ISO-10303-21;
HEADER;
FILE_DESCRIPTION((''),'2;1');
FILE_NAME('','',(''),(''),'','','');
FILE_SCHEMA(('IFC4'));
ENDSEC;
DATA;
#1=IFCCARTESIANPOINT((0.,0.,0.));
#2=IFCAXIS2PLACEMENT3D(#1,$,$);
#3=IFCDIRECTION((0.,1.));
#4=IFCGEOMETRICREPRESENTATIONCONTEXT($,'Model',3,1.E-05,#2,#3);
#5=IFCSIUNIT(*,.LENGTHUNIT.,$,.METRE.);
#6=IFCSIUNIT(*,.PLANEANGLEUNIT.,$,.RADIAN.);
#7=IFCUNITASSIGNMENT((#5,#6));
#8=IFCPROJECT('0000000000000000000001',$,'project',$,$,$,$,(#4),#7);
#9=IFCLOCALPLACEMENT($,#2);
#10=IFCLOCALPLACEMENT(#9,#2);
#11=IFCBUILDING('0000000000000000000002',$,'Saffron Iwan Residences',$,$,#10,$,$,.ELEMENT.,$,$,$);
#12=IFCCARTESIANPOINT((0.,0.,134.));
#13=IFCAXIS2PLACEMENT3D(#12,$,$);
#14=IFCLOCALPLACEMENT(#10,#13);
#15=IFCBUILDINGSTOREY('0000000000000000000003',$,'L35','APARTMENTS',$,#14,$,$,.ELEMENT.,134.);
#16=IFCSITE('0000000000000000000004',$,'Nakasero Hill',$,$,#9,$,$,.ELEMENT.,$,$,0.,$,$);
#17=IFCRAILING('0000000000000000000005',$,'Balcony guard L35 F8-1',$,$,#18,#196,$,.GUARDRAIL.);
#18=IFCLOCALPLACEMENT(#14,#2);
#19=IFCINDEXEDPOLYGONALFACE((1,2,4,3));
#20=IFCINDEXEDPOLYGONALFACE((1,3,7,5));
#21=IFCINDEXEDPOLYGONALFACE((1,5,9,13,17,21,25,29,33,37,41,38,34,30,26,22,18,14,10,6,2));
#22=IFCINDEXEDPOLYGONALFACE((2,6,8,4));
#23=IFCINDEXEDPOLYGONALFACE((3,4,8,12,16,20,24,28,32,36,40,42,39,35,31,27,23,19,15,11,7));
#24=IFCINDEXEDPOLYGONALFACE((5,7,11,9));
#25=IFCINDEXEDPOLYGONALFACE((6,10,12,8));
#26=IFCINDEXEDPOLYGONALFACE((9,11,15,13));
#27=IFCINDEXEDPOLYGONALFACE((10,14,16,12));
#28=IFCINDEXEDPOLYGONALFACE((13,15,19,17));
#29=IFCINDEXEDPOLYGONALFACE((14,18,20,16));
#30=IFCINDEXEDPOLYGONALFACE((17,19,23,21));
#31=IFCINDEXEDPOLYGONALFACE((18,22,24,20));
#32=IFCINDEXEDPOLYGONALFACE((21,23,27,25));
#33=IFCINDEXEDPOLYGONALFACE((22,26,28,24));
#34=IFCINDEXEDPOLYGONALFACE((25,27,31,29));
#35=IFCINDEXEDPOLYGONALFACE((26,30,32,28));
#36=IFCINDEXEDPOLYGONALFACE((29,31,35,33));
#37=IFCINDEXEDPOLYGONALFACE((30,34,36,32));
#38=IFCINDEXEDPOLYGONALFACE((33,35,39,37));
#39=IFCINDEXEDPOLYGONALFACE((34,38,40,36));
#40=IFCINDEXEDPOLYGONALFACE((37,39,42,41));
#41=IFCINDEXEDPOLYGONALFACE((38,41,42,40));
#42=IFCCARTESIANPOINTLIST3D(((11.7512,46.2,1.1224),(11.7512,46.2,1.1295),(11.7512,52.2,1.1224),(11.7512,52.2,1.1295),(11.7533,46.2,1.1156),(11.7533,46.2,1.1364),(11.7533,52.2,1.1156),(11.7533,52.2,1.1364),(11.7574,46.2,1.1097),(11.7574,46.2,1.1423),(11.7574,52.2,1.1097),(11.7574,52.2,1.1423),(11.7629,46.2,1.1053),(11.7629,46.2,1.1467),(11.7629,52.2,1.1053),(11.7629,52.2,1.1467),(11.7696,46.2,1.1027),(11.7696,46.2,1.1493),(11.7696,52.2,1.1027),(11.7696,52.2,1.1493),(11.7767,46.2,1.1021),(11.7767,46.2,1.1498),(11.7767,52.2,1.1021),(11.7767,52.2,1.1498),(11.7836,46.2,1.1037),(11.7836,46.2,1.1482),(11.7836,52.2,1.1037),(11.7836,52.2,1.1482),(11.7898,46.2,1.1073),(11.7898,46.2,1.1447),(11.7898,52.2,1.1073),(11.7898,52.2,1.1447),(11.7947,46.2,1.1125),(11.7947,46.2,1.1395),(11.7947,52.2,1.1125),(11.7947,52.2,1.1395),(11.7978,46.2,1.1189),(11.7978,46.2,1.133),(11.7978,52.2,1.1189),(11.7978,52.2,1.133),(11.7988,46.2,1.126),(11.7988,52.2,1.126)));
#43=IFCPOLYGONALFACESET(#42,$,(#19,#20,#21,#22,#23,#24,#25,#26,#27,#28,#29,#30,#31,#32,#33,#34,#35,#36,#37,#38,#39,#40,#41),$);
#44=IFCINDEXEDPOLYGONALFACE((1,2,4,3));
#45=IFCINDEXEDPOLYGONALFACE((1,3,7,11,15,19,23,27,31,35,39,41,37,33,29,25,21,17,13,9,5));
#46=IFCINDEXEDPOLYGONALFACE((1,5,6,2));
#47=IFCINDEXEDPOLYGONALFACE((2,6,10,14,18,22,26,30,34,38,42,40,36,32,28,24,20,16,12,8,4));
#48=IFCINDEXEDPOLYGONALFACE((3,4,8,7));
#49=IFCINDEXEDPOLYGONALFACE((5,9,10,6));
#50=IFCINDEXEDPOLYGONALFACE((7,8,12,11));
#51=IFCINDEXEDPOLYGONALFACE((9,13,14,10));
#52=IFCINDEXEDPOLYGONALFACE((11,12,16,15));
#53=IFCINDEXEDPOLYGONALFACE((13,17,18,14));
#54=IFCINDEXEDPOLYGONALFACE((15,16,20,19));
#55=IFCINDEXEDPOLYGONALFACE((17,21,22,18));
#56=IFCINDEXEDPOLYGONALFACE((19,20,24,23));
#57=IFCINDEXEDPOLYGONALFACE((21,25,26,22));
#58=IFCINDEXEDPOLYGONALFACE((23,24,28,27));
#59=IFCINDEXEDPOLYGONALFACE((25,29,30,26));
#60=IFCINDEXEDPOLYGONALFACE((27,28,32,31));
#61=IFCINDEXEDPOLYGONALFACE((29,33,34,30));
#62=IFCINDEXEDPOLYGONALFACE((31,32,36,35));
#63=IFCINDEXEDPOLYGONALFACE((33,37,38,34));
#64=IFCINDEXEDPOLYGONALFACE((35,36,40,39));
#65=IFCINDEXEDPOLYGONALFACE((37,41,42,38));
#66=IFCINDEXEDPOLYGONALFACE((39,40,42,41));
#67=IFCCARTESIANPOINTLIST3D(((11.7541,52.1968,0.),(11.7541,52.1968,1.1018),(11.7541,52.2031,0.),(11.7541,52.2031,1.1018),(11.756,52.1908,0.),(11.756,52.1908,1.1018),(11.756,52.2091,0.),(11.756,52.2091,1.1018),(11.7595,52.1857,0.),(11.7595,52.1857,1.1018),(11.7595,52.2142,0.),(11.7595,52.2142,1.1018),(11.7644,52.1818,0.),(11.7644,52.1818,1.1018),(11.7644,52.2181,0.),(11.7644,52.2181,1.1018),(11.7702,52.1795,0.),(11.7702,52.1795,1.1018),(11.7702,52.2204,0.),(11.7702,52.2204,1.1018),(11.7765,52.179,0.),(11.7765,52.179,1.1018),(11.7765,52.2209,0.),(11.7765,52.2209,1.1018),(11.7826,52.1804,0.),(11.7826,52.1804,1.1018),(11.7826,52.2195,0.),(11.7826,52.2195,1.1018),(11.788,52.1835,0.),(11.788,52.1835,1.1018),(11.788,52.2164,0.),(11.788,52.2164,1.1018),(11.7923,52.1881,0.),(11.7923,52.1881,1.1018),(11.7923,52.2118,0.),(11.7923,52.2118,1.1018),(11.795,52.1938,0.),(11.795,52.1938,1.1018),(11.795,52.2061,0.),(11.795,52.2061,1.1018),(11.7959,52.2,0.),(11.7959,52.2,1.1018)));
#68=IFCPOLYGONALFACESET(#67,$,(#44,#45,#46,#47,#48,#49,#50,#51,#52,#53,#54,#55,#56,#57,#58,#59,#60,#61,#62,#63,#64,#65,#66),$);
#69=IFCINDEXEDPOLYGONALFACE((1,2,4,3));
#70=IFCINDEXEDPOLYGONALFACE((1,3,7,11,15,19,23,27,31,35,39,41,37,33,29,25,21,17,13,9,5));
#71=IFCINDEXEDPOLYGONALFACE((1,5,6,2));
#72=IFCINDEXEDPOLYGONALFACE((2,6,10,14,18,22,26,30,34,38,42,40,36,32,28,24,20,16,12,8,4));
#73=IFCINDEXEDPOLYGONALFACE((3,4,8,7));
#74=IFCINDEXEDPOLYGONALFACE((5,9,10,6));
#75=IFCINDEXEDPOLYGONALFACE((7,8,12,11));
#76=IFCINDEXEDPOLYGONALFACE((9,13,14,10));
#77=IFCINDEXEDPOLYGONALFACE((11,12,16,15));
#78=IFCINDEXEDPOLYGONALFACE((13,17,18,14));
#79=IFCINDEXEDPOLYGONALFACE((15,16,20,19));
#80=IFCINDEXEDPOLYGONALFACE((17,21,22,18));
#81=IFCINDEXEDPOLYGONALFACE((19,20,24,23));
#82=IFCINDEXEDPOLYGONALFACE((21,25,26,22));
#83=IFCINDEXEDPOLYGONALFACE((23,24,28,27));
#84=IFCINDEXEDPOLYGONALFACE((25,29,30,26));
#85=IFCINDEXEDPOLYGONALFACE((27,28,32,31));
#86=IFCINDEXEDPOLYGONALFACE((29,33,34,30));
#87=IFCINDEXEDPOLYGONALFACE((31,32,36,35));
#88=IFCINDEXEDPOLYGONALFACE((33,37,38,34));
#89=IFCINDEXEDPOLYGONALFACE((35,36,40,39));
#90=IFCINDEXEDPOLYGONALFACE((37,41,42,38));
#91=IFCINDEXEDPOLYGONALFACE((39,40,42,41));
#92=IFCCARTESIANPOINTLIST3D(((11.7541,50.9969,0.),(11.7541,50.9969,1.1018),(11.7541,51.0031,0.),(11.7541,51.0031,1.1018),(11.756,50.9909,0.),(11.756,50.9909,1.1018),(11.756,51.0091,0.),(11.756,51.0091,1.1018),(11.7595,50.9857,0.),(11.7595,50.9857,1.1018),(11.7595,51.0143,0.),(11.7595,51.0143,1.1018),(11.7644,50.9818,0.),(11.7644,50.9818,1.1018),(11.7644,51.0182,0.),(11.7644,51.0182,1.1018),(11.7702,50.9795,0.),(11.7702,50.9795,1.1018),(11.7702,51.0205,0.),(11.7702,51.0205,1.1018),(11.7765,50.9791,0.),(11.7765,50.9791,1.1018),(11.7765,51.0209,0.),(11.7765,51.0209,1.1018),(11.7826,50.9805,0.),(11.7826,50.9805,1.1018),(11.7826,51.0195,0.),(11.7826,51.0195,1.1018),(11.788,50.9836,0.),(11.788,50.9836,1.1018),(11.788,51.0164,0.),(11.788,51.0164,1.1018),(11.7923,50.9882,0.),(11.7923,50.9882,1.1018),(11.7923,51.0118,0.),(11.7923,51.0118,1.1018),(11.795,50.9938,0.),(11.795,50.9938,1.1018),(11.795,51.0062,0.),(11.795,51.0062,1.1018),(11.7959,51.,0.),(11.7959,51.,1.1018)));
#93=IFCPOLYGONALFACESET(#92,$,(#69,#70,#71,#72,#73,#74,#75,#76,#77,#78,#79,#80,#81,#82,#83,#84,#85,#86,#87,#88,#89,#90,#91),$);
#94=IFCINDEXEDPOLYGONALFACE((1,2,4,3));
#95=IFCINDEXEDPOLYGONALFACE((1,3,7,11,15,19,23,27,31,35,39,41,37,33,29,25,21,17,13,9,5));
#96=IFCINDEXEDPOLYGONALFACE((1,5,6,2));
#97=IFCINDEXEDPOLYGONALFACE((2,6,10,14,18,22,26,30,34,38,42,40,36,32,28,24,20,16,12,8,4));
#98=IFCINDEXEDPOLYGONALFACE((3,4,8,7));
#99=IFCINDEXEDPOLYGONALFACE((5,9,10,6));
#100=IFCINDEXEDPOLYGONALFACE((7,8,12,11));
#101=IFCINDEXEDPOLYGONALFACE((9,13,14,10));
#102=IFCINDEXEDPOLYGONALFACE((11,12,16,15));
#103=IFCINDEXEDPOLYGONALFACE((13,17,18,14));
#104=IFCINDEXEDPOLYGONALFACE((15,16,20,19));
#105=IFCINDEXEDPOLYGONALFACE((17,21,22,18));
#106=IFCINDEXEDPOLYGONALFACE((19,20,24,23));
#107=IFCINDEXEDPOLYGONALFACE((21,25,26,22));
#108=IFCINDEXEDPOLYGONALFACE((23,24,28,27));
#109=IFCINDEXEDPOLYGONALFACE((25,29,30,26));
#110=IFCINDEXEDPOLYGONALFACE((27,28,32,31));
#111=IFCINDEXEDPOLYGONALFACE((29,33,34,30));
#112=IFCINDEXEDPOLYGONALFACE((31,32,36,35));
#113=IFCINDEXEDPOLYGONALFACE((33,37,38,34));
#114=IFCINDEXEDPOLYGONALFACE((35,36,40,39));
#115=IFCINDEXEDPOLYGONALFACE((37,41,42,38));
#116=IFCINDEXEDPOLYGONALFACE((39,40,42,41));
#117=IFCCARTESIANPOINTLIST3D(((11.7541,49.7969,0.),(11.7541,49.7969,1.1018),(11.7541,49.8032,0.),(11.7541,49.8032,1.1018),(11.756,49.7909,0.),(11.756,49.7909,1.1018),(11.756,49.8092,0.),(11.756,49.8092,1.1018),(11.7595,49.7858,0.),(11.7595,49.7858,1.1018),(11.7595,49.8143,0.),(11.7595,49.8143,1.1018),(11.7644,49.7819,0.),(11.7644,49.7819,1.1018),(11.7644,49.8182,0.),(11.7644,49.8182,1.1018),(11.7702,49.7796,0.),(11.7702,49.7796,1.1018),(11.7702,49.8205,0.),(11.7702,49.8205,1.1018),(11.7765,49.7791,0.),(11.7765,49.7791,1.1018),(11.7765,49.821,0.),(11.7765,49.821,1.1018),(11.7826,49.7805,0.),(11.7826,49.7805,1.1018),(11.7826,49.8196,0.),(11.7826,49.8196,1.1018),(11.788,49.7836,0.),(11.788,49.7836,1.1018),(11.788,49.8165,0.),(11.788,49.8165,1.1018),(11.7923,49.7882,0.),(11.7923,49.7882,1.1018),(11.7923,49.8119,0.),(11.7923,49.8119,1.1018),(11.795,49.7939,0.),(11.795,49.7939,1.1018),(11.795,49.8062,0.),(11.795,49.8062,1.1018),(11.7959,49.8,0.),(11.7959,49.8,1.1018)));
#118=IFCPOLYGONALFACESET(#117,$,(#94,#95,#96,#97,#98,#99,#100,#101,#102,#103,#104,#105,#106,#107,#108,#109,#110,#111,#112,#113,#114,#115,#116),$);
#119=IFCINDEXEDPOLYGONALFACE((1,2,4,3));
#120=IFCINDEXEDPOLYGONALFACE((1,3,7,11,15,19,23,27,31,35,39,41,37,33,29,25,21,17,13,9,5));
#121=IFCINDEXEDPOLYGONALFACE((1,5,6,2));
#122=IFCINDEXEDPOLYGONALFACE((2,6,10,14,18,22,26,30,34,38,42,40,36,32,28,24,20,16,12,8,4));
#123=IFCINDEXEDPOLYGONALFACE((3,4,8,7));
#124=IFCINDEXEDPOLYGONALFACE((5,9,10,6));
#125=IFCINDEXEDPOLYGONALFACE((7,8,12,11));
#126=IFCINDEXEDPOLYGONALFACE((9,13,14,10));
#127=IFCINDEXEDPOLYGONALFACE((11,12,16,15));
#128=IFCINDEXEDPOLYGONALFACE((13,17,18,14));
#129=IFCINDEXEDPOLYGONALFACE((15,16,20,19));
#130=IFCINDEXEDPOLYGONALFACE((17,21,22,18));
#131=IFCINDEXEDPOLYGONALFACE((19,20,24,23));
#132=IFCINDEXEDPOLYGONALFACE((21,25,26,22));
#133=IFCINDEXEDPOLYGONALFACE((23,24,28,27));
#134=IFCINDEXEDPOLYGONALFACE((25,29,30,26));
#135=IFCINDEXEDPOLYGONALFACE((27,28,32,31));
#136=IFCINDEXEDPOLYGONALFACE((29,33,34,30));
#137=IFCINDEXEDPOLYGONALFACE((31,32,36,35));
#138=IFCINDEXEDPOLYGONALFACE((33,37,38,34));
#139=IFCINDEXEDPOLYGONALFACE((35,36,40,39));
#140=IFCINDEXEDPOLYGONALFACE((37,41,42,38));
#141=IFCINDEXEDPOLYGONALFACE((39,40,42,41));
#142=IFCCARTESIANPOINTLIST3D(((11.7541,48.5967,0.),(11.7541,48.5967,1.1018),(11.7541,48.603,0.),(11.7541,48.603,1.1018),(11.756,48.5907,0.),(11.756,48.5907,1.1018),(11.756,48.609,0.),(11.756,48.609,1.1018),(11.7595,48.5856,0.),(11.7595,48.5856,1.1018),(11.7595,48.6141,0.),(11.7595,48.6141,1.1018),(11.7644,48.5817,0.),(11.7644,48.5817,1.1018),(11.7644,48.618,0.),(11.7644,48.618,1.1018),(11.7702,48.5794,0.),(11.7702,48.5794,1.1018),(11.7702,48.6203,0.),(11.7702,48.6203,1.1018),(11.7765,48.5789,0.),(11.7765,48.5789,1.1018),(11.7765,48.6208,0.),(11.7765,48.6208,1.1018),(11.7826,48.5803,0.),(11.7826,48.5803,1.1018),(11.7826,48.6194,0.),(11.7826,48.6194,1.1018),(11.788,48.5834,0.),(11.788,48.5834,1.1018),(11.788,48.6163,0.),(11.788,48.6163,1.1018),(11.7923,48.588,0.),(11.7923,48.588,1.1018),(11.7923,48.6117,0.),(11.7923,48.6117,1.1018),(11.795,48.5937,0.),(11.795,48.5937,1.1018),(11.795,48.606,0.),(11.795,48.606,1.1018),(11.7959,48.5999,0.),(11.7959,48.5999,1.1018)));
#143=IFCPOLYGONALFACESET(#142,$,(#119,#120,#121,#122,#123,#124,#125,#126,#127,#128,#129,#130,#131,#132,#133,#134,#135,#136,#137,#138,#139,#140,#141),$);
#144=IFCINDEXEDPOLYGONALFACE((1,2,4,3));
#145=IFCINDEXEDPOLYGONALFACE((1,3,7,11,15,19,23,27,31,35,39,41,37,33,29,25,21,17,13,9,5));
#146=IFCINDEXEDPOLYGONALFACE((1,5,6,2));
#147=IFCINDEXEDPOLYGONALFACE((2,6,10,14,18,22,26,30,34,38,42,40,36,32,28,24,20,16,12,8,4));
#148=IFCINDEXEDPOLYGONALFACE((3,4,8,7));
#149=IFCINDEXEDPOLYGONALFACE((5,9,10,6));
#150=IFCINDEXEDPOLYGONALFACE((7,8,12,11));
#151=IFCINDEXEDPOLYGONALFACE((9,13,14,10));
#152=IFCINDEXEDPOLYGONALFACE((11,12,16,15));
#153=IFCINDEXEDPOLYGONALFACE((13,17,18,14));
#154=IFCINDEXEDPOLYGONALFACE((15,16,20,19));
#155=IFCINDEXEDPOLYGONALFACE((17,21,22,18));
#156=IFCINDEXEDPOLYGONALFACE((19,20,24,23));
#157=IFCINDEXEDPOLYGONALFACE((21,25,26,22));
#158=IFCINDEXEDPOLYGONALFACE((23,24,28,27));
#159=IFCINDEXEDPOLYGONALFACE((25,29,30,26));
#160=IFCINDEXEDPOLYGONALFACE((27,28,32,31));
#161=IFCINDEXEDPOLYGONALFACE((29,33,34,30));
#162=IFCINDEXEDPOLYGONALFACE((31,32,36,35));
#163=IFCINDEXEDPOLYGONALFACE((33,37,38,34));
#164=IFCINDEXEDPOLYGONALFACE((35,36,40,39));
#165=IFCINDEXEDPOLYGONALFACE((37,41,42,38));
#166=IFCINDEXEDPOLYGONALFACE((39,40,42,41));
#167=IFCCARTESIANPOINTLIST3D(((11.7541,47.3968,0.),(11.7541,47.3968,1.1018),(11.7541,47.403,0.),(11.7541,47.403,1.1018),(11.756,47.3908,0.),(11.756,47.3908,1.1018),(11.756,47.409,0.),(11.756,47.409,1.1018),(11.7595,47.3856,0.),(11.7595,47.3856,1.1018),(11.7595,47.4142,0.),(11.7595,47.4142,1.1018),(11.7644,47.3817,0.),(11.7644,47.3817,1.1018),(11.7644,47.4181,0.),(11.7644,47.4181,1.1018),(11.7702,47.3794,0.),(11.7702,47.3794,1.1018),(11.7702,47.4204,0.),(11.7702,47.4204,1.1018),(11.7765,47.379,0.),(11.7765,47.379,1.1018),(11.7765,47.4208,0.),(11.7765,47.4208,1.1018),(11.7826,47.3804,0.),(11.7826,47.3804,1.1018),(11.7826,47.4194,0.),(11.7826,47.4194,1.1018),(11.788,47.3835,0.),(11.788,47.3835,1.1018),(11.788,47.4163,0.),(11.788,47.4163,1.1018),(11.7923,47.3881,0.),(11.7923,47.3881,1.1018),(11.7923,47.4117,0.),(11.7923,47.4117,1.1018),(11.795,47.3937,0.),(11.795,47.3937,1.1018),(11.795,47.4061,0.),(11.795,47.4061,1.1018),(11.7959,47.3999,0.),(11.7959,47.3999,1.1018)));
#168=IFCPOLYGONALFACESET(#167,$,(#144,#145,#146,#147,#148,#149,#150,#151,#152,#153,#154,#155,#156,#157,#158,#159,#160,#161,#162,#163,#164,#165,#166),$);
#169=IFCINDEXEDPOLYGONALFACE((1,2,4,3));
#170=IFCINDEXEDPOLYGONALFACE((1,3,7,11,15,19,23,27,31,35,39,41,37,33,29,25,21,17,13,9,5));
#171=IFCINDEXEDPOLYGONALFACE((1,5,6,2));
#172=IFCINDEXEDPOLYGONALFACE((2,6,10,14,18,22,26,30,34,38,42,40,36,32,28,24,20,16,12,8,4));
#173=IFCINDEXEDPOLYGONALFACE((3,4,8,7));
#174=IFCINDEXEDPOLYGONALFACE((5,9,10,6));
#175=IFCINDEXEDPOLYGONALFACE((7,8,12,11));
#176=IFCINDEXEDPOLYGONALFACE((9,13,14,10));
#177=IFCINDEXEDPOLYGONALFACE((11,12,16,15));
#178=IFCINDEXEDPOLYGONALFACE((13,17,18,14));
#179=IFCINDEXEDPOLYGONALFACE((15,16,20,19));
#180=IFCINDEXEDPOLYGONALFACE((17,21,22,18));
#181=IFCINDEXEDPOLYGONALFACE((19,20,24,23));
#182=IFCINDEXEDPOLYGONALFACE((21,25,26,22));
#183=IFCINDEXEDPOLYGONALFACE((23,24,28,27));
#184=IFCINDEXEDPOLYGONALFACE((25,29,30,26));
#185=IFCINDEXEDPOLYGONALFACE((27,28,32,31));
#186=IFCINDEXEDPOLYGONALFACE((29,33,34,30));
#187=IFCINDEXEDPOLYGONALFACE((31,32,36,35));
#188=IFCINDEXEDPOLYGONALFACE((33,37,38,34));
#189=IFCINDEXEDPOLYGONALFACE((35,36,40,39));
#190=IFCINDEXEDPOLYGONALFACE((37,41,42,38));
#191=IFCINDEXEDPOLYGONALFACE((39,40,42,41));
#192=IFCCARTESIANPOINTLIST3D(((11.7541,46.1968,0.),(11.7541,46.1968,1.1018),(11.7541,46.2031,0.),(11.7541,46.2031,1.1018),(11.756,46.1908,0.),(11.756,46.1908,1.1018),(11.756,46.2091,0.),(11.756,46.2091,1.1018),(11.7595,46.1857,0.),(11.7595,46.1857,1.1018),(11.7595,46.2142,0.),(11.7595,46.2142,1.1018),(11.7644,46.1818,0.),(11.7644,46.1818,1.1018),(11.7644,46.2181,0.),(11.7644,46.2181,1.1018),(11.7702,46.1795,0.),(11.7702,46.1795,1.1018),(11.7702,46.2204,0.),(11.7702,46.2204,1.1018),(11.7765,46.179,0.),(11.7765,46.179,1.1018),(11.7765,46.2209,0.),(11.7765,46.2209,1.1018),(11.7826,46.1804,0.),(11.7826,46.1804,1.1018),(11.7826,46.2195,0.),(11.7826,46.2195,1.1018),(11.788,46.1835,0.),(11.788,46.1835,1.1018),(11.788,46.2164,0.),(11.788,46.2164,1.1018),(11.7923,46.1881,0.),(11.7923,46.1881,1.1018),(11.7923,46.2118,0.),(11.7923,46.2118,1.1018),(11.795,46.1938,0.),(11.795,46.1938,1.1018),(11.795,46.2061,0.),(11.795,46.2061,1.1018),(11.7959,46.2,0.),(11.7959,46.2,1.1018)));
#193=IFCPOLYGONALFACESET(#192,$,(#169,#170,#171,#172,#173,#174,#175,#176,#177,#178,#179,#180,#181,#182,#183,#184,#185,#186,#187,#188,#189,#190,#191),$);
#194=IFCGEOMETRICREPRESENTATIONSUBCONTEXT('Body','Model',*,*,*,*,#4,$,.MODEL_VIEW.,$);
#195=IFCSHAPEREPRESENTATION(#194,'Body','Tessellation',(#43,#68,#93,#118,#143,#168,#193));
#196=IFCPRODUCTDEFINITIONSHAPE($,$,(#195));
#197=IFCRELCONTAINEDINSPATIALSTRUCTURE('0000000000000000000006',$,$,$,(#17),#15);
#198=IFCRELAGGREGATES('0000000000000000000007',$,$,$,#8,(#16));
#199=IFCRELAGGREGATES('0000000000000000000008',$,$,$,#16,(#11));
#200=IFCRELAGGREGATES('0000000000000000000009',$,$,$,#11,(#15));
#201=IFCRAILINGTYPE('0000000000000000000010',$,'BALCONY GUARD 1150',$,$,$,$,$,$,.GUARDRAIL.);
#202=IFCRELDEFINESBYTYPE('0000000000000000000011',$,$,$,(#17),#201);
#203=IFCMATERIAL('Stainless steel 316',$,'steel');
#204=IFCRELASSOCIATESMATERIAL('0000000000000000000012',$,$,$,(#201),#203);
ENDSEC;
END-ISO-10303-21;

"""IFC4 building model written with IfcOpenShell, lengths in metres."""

from ifc_helpers import new_model, si_unit, direction, frame, origin, origin_2d, place, context, subcontext, project, spatial, circle, extrude, material, type_object, element, save


model = new_model("IFC4")

# Units and contexts
model_context = context("Model", 3, precision=1e-05, world=origin(), true_north=direction((0.0, 1.0)))
body_context = subcontext(model_context, "Body", "Model", "MODEL_VIEW")
ifc_project = project(units=[si_unit("LENGTHUNIT", "METRE"), si_unit("PLANEANGLEUNIT", "RADIAN")], contexts=[model_context])

# Site, building, storey
site_placement = place(None, origin())
site = spatial("IfcSite", under=ifc_project, at=site_placement, Name="Nakasero Hill", CompositionType="ELEMENT", RefElevation=0.0)
building_placement = place(site_placement, origin())
building = spatial("IfcBuilding", under=site, at=building_placement, Name="Saffron Iwan Residences", CompositionType="ELEMENT")
storey_placement = place(building_placement, frame((0.0, 0.0, 134.0)))
storey = spatial("IfcBuildingStorey", under=building, at=storey_placement, Name="L35", Description="APARTMENTS", CompositionType="ELEMENT", Elevation=134.0)

# Railing
ifc_material_1 = material(Name="Stainless steel 316", Category="steel")
railing_type = type_object("IfcRailingType", Name="BALCONY GUARD 1150", PredefinedType="GUARDRAIL", material=ifc_material_1)
for number, where, name in (
    (1, (11.7749, 52.2, 0.0), "Balcony guard L35 F8-1"),
):
    element("IfcRailing", number, at=place(storey_placement, frame(where)), inside=storey, type_object=railing_type, Name=name, PredefinedType="GUARDRAIL", context=body_context, shape_type="SweptSolid", body=[
        extrude(circle(Radius=0.0239, at=origin_2d()), frame((0.0, 0.0, 1.126), z_axis=(0.0, -1.0, 0.0), x_axis=(1.0, 0.0, 0.0)), (0.0, 0.0, 1.0), 6.0),
        extrude(circle(Radius=0.021, at=origin_2d()), origin(), (0.0, 0.0, 1.0), 1.1018),
        extrude(circle(Radius=0.021, at=origin_2d()), frame((0.0, -1.2, 0.0)), (0.0, 0.0, 1.0), 1.1018),
        extrude(circle(Radius=0.021, at=origin_2d()), frame((0.0, -2.3999, 0.0)), (0.0, 0.0, 1.0), 1.1018),
        extrude(circle(Radius=0.021, at=origin_2d()), frame((0.0, -3.6001, 0.0)), (0.0, 0.0, 1.0), 1.1018),
        extrude(circle(Radius=0.021, at=origin_2d()), frame((0.0, -4.8, 0.0)), (0.0, 0.0, 1.0), 1.1018),
        extrude(circle(Radius=0.021, at=origin_2d()), frame((0.0, -6.0, 0.0)), (0.0, 0.0, 1.0), 1.1018),
    ])

save(model, "model.ifc")
